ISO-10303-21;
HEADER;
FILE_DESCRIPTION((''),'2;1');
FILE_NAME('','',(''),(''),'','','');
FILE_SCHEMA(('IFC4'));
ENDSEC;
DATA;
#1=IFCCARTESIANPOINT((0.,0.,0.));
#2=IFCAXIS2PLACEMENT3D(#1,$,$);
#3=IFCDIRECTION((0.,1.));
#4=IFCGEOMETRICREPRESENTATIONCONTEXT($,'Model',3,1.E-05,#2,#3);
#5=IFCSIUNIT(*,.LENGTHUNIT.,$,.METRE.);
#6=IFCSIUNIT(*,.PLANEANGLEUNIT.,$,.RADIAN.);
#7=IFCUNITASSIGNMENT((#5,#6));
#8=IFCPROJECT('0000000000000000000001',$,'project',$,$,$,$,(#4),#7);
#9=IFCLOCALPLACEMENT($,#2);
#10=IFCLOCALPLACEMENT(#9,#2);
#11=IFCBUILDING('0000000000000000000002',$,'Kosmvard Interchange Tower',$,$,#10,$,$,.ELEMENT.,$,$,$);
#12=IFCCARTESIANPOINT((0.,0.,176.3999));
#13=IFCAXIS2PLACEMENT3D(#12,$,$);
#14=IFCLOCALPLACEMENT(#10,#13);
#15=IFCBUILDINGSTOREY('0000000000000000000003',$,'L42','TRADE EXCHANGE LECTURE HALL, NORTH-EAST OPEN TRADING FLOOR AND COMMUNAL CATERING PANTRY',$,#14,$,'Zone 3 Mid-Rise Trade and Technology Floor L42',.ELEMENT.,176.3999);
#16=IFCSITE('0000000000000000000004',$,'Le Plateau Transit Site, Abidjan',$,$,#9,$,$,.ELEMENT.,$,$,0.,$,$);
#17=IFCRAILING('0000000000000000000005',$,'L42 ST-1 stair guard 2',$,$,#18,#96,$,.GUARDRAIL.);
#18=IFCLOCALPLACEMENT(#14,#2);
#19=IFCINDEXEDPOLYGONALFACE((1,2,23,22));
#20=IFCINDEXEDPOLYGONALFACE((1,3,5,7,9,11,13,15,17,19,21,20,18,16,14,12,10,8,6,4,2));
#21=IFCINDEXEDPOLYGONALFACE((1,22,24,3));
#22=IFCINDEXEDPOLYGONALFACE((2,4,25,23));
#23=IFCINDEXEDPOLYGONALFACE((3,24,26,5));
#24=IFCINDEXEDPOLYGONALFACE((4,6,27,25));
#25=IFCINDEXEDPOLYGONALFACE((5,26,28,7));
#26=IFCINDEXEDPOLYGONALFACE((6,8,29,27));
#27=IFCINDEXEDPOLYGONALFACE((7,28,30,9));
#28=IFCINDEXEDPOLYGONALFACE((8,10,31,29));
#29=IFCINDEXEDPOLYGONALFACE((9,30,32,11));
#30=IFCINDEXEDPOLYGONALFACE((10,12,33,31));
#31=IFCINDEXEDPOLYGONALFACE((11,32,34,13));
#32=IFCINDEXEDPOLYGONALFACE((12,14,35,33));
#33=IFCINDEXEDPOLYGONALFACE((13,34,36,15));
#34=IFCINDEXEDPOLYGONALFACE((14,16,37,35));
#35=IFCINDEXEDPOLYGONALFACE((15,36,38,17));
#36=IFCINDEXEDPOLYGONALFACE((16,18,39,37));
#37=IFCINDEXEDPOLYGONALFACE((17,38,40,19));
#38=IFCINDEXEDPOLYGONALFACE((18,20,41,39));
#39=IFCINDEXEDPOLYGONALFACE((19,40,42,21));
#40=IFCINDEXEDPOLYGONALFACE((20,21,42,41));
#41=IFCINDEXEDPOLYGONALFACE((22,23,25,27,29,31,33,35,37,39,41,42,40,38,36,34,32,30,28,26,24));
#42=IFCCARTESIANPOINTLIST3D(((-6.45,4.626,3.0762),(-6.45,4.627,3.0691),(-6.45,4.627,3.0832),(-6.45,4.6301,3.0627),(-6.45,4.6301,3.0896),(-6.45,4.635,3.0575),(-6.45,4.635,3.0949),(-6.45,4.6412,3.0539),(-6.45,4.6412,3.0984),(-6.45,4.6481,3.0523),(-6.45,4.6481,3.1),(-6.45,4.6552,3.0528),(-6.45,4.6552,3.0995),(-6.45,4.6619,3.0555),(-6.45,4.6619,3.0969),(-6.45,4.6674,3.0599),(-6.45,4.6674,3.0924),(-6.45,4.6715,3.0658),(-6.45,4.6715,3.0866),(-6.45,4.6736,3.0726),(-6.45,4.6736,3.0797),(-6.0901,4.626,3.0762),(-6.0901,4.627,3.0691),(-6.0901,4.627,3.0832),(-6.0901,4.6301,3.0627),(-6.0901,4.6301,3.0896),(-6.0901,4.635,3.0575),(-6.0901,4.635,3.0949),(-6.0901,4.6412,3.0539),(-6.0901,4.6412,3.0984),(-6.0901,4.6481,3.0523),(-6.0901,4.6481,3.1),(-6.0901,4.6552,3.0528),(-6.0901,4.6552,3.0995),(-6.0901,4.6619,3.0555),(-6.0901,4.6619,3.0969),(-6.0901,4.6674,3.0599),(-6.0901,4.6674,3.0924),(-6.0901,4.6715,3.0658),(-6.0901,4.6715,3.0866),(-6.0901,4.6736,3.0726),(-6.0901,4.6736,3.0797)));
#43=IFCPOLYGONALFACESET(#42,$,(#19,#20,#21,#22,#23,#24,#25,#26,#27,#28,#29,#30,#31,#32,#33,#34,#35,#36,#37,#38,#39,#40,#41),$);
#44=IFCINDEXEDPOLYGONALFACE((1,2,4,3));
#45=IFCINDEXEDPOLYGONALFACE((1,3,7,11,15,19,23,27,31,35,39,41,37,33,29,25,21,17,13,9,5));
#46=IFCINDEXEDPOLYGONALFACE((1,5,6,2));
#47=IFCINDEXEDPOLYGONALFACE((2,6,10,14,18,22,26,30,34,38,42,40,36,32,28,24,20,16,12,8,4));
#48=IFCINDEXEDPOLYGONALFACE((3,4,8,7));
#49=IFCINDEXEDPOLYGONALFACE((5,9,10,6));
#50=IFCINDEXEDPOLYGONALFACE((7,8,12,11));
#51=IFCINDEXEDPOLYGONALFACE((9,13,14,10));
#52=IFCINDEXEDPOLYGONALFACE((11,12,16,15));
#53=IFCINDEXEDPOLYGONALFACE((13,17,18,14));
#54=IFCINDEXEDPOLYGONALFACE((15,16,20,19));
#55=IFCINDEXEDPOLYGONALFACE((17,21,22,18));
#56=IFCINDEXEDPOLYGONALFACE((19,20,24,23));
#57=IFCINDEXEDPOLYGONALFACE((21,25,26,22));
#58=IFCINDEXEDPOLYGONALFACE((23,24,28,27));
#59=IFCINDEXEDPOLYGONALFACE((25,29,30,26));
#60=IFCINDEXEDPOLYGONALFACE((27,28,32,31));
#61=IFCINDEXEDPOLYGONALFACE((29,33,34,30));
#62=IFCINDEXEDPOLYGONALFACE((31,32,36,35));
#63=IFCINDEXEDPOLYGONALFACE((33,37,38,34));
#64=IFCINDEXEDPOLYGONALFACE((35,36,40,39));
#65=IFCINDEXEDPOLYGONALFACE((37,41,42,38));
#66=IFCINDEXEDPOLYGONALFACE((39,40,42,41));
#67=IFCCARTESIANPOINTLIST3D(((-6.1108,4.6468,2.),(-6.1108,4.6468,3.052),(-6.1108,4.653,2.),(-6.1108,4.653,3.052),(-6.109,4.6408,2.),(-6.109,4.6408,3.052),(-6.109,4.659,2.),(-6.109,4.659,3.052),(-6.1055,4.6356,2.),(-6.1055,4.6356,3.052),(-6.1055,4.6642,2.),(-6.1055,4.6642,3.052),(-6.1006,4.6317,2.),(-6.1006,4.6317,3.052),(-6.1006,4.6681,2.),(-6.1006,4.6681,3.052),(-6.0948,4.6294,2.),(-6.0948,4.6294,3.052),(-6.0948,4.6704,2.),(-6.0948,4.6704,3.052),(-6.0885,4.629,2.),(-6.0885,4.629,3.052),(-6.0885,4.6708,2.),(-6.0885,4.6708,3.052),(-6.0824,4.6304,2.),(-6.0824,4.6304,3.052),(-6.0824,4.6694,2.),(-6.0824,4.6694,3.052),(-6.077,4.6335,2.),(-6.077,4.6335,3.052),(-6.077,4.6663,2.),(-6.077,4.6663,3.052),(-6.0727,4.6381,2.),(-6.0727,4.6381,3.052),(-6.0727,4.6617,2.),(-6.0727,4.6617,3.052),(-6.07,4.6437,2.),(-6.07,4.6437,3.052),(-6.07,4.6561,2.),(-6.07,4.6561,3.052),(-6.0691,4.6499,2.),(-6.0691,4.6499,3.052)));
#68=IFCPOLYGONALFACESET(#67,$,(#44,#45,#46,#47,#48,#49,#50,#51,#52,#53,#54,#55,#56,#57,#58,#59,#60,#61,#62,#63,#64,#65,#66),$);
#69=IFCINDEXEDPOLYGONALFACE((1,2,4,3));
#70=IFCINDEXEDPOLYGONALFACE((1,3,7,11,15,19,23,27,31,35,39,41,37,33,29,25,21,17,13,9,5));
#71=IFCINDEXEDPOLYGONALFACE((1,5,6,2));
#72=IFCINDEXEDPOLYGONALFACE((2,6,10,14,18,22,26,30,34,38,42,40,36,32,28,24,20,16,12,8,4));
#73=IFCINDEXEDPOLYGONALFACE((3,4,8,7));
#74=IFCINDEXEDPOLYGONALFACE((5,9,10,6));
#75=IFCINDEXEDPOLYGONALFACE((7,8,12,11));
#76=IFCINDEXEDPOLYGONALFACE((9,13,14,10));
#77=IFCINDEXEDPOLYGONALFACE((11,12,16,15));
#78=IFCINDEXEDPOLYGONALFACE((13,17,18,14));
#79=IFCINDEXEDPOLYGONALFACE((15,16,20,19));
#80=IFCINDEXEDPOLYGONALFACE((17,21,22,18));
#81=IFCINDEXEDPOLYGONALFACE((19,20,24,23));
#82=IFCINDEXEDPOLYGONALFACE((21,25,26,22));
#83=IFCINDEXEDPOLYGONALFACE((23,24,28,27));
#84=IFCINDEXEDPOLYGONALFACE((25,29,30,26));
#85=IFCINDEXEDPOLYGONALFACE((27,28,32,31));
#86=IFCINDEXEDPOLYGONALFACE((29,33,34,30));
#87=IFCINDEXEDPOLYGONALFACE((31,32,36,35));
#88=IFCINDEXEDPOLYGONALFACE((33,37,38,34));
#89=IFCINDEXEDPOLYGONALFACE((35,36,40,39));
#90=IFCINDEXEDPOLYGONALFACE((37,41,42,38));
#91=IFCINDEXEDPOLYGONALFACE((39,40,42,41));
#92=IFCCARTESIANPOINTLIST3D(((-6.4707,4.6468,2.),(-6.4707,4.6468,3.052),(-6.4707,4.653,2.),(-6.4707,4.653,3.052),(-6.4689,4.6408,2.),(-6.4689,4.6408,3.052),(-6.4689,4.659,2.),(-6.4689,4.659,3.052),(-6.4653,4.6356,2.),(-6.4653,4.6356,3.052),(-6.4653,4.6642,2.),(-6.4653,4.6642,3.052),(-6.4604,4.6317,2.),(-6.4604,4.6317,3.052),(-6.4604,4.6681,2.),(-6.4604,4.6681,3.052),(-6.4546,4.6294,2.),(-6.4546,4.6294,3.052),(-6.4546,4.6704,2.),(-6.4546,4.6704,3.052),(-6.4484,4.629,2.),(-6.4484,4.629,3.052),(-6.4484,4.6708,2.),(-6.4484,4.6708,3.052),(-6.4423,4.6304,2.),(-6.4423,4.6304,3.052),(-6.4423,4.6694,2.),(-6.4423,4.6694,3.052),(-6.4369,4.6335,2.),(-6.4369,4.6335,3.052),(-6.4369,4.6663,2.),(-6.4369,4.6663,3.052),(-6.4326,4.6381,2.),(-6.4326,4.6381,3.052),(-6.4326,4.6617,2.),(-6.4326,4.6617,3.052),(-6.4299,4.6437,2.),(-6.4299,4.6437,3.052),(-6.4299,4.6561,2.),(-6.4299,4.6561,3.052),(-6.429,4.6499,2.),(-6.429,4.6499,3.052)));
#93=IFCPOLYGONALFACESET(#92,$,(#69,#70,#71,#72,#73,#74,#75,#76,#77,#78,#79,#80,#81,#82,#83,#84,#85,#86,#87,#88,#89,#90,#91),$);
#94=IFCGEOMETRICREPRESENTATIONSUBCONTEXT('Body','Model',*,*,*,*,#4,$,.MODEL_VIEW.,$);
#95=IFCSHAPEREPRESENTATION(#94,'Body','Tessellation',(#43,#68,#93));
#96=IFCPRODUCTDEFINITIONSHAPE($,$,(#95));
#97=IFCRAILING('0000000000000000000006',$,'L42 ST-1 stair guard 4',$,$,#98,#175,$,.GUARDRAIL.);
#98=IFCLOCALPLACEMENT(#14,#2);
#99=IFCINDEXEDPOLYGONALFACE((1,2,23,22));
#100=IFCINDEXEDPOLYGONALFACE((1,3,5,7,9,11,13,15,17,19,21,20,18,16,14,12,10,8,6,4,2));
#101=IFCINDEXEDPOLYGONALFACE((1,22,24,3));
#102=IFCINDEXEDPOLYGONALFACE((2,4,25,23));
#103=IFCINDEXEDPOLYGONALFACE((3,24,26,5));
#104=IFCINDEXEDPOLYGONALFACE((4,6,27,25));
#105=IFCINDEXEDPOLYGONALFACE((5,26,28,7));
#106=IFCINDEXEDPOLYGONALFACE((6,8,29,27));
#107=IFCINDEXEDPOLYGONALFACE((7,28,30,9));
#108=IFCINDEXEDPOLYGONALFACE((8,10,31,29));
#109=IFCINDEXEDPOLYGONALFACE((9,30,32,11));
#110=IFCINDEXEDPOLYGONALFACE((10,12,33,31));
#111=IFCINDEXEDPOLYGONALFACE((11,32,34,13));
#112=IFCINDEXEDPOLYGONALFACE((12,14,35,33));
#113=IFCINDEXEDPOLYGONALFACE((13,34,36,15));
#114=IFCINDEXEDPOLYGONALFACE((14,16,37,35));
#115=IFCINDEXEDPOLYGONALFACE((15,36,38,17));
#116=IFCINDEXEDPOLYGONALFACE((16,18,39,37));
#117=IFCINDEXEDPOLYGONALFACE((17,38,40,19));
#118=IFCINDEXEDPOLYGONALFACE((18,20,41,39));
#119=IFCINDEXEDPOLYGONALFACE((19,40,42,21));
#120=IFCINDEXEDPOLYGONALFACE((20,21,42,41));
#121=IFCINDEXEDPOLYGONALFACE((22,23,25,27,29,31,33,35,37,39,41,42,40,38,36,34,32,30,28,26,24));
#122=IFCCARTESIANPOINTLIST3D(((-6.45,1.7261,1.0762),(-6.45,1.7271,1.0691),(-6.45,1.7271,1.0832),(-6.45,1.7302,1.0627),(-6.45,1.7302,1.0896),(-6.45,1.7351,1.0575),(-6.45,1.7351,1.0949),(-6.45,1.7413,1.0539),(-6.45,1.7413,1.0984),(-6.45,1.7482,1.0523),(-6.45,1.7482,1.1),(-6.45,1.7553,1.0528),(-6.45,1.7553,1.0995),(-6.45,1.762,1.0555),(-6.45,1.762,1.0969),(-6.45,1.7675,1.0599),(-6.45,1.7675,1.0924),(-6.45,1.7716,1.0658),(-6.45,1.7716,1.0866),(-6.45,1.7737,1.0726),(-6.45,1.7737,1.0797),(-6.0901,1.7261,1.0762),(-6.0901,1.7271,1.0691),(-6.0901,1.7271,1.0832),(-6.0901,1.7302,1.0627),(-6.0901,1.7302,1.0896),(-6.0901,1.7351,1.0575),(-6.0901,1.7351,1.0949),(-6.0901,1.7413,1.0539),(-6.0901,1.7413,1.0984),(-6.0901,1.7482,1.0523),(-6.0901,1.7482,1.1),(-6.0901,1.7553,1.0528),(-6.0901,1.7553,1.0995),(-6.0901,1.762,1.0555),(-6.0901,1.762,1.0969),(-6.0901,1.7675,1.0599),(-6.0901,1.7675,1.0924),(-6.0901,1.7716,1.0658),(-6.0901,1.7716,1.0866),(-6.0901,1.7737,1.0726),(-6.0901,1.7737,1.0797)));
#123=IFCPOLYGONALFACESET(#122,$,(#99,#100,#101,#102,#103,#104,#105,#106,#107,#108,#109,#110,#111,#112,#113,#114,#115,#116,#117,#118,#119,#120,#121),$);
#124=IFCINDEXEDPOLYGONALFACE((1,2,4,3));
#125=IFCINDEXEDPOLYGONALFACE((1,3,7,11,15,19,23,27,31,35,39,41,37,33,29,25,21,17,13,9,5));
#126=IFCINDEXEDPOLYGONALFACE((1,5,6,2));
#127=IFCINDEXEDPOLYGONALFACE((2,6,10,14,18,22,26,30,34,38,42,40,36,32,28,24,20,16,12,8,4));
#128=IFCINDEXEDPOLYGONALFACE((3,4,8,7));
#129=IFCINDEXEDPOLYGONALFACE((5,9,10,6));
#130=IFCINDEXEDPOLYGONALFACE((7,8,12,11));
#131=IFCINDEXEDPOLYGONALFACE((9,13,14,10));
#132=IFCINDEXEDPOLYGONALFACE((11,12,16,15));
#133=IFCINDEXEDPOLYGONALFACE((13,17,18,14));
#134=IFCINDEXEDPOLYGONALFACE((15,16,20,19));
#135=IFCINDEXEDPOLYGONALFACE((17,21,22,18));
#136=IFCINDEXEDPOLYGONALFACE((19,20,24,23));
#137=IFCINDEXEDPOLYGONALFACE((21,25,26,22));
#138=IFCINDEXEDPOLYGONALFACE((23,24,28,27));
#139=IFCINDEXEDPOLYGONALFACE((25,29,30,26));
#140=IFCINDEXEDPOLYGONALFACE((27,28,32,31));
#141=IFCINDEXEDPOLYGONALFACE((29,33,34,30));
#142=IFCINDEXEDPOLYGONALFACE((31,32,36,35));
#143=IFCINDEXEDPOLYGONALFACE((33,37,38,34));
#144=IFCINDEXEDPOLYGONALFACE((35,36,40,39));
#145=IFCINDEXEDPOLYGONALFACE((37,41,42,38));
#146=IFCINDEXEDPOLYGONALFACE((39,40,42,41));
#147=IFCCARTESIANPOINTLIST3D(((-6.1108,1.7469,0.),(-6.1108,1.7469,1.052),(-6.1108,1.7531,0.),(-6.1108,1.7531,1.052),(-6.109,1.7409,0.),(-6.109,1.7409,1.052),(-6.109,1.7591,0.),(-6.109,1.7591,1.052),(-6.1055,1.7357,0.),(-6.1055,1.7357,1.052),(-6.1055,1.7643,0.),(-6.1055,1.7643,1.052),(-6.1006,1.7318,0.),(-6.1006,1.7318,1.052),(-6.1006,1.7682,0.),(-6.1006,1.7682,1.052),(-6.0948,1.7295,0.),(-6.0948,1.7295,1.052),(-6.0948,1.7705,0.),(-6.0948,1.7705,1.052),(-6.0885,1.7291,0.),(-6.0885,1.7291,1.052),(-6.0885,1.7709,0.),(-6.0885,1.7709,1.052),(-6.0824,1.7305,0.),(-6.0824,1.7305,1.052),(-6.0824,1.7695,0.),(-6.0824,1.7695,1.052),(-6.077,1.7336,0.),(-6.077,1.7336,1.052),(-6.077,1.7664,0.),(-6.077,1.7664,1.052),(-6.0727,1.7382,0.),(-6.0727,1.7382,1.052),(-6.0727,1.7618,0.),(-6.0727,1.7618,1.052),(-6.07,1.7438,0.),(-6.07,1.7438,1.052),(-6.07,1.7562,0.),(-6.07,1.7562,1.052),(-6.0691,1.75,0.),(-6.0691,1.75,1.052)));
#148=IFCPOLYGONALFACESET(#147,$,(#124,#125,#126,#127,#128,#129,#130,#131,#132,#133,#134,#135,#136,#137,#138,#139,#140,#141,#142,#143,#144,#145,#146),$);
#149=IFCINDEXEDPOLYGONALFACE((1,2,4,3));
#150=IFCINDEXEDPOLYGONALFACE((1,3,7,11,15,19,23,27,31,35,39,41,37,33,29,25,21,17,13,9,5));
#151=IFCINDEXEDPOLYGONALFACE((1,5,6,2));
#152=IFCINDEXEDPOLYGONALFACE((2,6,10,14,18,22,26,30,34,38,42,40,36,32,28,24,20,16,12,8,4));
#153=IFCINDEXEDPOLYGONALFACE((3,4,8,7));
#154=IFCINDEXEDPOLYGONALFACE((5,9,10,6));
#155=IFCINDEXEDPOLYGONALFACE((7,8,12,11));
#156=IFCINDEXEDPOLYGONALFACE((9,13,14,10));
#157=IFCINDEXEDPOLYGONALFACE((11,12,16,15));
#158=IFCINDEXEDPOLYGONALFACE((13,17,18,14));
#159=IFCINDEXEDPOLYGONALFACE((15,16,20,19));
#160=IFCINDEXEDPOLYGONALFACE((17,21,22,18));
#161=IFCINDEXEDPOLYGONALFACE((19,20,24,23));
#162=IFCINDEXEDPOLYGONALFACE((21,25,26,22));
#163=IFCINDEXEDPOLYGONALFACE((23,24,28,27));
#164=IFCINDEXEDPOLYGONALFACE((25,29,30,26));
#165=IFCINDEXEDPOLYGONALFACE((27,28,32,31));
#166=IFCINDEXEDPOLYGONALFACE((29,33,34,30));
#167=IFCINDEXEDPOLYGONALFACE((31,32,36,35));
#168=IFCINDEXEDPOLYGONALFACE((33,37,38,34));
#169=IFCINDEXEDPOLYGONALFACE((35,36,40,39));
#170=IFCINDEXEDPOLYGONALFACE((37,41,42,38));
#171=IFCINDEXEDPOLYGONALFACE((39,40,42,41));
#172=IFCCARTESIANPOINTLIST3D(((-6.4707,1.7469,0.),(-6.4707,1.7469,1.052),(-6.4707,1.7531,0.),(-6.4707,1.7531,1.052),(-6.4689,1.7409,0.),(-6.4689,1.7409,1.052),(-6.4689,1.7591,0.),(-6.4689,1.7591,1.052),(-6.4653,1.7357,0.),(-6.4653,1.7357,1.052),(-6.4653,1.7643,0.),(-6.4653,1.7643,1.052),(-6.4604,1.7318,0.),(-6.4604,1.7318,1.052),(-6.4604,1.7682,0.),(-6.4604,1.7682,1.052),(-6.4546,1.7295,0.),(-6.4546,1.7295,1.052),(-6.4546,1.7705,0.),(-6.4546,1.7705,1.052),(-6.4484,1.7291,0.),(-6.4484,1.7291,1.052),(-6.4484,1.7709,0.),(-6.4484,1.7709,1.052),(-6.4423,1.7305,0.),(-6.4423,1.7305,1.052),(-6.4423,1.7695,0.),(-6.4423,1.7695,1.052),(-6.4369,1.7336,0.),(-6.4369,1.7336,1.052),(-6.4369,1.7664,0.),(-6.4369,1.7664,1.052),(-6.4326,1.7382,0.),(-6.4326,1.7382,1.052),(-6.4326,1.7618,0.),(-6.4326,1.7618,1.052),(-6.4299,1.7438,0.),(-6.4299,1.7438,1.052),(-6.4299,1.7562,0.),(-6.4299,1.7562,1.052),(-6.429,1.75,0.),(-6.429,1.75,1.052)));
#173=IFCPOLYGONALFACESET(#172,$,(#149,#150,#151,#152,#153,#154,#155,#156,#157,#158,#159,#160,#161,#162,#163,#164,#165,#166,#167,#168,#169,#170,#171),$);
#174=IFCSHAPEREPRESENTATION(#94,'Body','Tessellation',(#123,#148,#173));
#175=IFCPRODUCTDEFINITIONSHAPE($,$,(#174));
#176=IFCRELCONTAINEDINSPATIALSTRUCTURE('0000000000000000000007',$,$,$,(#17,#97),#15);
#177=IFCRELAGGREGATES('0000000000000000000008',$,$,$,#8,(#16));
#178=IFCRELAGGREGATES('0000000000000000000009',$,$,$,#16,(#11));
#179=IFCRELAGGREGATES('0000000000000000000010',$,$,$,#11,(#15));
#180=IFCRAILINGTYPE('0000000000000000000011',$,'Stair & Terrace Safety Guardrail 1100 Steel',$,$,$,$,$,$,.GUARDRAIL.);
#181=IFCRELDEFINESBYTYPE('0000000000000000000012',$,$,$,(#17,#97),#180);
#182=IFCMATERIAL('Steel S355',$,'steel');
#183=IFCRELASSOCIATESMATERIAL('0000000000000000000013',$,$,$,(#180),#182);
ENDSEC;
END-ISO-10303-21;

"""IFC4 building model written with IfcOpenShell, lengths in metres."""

from ifc_helpers import new_model, si_unit, direction, frame, origin, origin_2d, place, context, subcontext, project, spatial, circle, extrude, source, transform, mapped, material, type_object, element, save


model = new_model("IFC4")

# Units and contexts
model_context = context("Model", 3, precision=1e-05, world=origin(), true_north=direction((0.0, 1.0)))
body_context = subcontext(model_context, "Body", "Model", "MODEL_VIEW")
ifc_project = project(units=[si_unit("LENGTHUNIT", "METRE"), si_unit("PLANEANGLEUNIT", "RADIAN")], contexts=[model_context])

# Site, building, storey
site_placement = place(None, origin())
site = spatial("IfcSite", under=ifc_project, at=site_placement, Name="Le Plateau Transit Site, Abidjan", CompositionType="ELEMENT", RefElevation=0.0)
building_placement = place(site_placement, origin())
building = spatial("IfcBuilding", under=site, at=building_placement, Name="Kosmvard Interchange Tower", CompositionType="ELEMENT")
storey_placement = place(building_placement, frame((0.0, 0.0, 176.3999)))
storey = spatial("IfcBuildingStorey", under=building, at=storey_placement, Name="L42", Description="TRADE EXCHANGE LECTURE HALL, NORTH-EAST OPEN TRADING FLOOR AND COMMUNAL CATERING PANTRY", LongName="Zone 3 Mid-Rise Trade and Technology Floor L42", CompositionType="ELEMENT", Elevation=176.3999)

# Shared definitions
ifc_material_1 = material(Name="Steel S355", Category="steel")

# Railings
railing_type_1 = type_object("IfcRailingType", Name="Stair & Terrace Safety Guardrail 1100 Steel", PredefinedType="GUARDRAIL", material=ifc_material_1)
shared_shape_1 = source(origin(), body_context, "Body", "SweptSolid", [
    extrude(circle(Radius=0.0239, at=origin_2d()), frame((0.0, 0.0, 1.0762), z_axis=(-1.0, 0.0, 0.0), x_axis=(0.0, -1.0, 0.0)), (0.0, 0.0, 1.0), 0.3599),
    extrude(circle(Radius=0.021, at=origin_2d()), origin(), (0.0, 0.0, 1.0), 1.052),
    extrude(circle(Radius=0.021, at=origin_2d()), frame((-0.3599, 0.0, 0.0)), (0.0, 0.0, 1.0), 1.052),
])
for number, where, name in (
    (1, (-6.0901, 4.6499, 2.0), "L42 ST-1 stair guard 2"),
    (2, (-6.0901, 1.75, 0.0), "L42 ST-1 stair guard 4"),
):
    element("IfcRailing", number, at=place(storey_placement, frame(where)), inside=storey, type_object=railing_type_1, Name=name, PredefinedType="GUARDRAIL", context=body_context, shape_type="MappedRepresentation", body=[
        mapped(shared_shape_1, transform((0.0, 0.0, 0.0), scale=1.0)),
    ])

save(model, "model.ifc")
